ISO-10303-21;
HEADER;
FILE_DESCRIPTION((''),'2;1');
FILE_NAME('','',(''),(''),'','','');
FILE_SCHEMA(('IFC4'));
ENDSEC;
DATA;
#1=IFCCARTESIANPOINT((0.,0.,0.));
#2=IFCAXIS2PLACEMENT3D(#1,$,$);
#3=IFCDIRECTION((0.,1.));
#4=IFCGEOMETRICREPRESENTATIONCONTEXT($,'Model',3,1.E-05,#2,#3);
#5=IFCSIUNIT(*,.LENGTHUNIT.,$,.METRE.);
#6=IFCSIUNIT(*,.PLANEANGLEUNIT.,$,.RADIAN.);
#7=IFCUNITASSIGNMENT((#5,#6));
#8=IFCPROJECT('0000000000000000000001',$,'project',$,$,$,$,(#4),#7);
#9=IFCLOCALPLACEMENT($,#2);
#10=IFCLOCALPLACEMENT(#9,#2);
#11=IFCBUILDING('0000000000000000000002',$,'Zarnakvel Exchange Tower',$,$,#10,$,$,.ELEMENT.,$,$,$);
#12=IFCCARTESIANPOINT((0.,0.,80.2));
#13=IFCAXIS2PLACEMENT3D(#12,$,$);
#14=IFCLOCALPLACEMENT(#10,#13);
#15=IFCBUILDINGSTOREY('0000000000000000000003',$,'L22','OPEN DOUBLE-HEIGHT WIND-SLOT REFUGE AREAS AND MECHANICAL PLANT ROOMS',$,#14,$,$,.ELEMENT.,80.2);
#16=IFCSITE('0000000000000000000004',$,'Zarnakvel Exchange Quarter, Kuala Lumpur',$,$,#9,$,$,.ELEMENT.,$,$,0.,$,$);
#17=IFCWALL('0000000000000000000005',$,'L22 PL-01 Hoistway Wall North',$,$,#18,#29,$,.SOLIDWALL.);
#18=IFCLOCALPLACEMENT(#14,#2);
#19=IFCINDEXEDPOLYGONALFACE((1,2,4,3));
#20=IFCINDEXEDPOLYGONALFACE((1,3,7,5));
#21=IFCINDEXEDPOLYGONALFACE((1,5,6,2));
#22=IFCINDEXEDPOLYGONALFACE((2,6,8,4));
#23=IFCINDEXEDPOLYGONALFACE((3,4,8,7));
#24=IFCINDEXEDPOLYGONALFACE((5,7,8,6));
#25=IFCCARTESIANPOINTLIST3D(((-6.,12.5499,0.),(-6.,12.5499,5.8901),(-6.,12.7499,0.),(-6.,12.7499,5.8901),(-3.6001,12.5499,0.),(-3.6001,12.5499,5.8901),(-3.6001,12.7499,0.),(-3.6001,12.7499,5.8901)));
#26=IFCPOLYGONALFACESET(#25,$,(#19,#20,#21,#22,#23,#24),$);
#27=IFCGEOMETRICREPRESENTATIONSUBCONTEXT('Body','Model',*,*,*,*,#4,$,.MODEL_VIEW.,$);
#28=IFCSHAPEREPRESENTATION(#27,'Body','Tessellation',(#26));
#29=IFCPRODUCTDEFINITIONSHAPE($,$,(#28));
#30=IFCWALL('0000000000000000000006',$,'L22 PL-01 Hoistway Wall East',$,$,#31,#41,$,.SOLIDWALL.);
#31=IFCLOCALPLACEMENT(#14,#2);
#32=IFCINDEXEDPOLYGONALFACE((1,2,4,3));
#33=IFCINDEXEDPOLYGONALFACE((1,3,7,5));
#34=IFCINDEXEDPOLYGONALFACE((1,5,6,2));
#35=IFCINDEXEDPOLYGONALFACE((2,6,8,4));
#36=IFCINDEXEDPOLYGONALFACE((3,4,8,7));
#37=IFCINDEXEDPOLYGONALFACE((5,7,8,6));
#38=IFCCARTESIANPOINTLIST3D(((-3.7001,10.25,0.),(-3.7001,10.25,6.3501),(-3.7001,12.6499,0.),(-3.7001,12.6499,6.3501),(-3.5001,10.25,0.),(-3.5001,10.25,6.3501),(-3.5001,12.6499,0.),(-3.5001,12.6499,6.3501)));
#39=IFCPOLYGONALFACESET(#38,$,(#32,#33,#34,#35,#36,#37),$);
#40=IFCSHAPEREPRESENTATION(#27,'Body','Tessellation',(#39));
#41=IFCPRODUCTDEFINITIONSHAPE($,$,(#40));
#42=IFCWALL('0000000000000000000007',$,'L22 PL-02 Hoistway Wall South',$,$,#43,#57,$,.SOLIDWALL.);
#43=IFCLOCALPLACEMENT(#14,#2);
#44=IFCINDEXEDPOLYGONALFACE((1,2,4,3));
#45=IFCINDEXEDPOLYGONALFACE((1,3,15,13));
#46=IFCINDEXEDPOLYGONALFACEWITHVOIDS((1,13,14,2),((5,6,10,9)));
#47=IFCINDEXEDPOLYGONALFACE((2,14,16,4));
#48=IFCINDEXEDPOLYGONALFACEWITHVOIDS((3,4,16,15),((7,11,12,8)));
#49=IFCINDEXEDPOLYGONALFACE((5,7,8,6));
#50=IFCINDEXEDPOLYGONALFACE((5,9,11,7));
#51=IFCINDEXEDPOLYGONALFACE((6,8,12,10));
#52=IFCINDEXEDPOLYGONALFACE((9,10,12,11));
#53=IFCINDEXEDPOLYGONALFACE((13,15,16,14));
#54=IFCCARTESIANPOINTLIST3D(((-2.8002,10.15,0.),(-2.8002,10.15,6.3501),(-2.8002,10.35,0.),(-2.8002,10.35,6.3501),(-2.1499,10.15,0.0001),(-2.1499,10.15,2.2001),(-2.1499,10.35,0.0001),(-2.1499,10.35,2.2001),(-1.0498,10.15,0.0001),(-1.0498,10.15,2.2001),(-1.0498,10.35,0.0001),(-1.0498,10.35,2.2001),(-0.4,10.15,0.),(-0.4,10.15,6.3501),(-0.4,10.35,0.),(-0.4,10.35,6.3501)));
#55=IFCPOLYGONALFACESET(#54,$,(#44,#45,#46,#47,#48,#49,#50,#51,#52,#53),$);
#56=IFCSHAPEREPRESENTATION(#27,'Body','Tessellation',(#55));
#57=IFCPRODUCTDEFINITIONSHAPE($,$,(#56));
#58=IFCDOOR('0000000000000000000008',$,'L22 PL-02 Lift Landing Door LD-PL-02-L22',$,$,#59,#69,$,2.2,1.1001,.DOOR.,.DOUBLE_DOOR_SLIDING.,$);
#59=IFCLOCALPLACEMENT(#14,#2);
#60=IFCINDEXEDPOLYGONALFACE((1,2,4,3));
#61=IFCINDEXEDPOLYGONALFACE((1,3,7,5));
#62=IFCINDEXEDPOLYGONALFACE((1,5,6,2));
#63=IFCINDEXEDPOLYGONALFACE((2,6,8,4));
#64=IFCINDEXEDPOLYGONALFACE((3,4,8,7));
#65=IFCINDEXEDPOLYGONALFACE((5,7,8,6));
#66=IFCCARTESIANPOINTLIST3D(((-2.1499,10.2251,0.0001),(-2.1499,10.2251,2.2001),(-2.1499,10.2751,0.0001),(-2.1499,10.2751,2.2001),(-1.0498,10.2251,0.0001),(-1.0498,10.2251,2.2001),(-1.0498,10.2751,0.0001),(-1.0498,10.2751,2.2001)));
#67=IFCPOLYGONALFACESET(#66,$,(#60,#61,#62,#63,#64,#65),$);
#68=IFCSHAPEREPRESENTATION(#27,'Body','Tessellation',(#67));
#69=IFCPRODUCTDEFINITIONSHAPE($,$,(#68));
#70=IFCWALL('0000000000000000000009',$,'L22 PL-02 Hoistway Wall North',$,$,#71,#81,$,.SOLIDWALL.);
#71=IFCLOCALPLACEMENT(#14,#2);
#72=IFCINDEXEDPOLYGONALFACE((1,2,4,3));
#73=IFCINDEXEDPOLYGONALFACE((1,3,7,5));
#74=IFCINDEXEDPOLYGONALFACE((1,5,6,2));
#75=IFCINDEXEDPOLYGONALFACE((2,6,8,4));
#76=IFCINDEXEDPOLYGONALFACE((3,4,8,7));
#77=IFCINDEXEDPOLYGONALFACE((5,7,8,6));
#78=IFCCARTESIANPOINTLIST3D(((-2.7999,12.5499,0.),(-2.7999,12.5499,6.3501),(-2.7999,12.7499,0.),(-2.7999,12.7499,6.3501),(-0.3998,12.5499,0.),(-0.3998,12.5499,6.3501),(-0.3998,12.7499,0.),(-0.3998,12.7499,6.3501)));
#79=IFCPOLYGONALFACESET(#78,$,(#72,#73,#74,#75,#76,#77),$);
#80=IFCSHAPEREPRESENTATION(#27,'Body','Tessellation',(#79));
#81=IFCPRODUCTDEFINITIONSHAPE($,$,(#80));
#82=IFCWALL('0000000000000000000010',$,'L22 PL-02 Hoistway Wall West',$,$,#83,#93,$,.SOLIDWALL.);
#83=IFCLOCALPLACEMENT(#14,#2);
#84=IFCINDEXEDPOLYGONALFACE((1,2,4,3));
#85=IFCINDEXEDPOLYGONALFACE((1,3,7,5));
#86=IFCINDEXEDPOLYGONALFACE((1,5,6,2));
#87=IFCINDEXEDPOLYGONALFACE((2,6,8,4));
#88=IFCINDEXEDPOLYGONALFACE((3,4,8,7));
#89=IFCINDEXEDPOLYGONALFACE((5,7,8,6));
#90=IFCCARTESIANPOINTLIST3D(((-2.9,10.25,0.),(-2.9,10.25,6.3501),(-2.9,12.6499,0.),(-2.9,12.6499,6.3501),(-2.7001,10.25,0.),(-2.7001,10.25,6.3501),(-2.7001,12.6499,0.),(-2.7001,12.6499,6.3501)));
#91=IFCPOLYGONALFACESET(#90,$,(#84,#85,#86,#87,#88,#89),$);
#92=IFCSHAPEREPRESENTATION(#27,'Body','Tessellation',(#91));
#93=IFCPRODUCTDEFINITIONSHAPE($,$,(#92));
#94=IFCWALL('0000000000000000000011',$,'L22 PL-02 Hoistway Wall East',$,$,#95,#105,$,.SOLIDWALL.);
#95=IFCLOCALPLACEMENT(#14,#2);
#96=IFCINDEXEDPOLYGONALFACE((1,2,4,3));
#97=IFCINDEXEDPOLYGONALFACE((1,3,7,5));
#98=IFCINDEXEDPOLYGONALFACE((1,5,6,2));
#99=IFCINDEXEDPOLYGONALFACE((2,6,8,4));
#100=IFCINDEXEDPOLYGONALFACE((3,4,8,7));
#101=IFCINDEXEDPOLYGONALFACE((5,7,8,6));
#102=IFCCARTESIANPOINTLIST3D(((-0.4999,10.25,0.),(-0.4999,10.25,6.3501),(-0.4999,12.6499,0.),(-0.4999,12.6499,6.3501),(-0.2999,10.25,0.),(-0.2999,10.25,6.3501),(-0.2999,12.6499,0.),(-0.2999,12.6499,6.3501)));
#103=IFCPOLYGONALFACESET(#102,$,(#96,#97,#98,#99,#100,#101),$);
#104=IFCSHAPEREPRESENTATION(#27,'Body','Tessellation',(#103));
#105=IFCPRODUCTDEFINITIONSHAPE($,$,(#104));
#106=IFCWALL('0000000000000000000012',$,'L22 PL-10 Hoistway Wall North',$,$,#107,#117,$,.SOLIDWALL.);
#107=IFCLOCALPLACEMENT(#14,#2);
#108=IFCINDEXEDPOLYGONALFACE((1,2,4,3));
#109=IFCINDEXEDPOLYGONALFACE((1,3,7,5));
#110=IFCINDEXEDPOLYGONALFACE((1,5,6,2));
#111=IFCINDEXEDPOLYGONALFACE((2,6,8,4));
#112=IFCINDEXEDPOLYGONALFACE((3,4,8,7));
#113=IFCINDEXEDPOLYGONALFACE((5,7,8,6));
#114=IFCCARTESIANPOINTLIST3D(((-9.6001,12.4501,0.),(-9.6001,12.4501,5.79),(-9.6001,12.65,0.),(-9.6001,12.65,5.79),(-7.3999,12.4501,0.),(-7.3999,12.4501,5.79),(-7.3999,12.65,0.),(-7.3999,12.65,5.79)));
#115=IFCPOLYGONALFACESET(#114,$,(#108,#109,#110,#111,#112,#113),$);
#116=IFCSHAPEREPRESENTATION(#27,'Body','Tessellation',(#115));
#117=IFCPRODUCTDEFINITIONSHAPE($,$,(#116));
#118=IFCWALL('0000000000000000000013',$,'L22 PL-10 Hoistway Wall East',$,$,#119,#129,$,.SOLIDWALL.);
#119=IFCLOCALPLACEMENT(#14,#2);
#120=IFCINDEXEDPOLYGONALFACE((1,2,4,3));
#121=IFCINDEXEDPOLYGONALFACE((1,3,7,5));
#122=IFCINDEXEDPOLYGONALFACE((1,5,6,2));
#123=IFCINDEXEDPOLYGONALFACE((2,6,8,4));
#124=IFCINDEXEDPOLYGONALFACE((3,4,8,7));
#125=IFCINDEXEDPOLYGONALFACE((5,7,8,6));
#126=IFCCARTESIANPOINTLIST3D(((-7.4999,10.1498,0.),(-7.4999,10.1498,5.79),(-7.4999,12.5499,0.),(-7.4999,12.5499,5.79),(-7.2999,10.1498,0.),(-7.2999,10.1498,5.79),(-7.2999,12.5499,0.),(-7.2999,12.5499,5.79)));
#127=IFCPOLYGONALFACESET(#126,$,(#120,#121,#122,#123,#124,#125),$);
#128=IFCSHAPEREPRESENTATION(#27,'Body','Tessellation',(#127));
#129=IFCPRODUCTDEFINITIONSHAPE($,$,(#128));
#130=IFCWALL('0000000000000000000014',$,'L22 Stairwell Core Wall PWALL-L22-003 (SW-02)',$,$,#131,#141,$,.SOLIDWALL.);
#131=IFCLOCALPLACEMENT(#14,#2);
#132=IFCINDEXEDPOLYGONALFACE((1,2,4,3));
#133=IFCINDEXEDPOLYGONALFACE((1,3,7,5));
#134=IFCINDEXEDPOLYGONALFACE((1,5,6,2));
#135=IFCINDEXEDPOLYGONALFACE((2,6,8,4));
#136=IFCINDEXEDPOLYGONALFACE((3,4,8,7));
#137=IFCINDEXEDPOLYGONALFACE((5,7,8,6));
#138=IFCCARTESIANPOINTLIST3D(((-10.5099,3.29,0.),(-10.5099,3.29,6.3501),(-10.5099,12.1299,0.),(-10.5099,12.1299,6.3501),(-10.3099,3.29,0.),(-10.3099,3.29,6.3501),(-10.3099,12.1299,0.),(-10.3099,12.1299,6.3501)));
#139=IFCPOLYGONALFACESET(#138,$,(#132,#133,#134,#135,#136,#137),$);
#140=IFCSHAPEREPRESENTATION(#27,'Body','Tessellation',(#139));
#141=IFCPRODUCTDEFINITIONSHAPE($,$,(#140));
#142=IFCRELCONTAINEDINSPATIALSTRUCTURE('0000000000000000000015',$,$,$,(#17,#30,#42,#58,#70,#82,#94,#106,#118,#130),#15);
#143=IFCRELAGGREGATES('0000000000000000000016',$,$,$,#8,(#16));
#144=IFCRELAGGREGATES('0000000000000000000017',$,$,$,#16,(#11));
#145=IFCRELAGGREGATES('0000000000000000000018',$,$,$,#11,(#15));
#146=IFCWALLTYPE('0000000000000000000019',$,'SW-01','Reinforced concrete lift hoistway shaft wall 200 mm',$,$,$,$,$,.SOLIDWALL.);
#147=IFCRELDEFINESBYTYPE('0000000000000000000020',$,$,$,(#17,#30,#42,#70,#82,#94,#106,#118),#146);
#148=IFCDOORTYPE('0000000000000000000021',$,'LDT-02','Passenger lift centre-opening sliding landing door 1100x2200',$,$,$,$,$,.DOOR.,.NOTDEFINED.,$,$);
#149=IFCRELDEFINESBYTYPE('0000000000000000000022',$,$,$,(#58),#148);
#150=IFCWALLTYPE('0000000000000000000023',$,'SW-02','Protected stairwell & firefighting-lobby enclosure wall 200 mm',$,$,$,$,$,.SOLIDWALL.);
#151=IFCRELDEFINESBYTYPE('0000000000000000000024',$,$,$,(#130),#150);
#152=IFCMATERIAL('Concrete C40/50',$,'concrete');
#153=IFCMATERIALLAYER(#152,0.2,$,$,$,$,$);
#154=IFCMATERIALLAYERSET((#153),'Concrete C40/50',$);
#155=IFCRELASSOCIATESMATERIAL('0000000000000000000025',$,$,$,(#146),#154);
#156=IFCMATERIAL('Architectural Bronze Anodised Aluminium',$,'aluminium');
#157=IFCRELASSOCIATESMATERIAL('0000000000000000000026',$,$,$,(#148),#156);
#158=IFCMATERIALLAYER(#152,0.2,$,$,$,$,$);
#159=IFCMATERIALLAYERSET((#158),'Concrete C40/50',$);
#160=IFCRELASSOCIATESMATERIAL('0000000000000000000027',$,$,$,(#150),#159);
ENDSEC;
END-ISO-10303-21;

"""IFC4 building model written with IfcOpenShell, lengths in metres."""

from ifc_helpers import new_model, si_unit, direction, frame, frame_2d, origin, place, context, subcontext, project, spatial, rectangle, extrude, source, transform, mapped, material, layer, layer_set, type_object, element, fill, save


model = new_model("IFC4")

# Units and contexts
model_context = context("Model", 3, precision=1e-05, world=origin(), true_north=direction((0.0, 1.0)))
body_context = subcontext(model_context, "Body", "Model", "MODEL_VIEW")
ifc_project = project(units=[si_unit("LENGTHUNIT", "METRE"), si_unit("PLANEANGLEUNIT", "RADIAN")], contexts=[model_context])

# Site, building, storey
site_placement = place(None, origin())
site = spatial("IfcSite", under=ifc_project, at=site_placement, Name="Zarnakvel Exchange Quarter, Kuala Lumpur", CompositionType="ELEMENT", RefElevation=0.0)
building_placement = place(site_placement, origin())
building = spatial("IfcBuilding", under=site, at=building_placement, Name="Zarnakvel Exchange Tower", CompositionType="ELEMENT")
storey_placement = place(building_placement, frame((0.0, 0.0, 80.2)))
storey = spatial("IfcBuildingStorey", under=building, at=storey_placement, Name="L22", Description="OPEN DOUBLE-HEIGHT WIND-SLOT REFUGE AREAS AND MECHANICAL PLANT ROOMS", CompositionType="ELEMENT", Elevation=80.2)

# Shared definitions
ifc_material_1 = material(Name="Concrete C40/50", Category="concrete")
ifc_layer_1 = layer(ifc_material_1, 0.2)
ifc_layer_set_1 = layer_set([ifc_layer_1], Name="Concrete C40/50")
wall_type_1 = type_object("IfcWallType", Name="SW-01", Description="Reinforced concrete lift hoistway shaft wall 200 mm", PredefinedType="SOLIDWALL", material=ifc_layer_set_1)
ifc_material_2 = material(Name="Architectural Bronze Anodised Aluminium", Category="aluminium")
door_type = type_object("IfcDoorType", Name="LDT-02", Description="Passenger lift centre-opening sliding landing door 1100x2200", OperationType="NOTDEFINED", PredefinedType="DOOR", material=ifc_material_2)
shared_shape_1 = source(origin(), body_context, "Body", "SweptSolid", [
    extrude(rectangle(XDim=1.1001, YDim=2.2, at=frame_2d((0.55, 1.1001))), frame((0.0, 0.0249, 0.0), z_axis=(0.0, -1.0, 0.0), x_axis=(1.0, 0.0, 0.0)), (0.0, 0.0, 1.0), 0.05),
])

# Walls
wall_1_placement = place(storey_placement, frame((-6.0, 12.6499, 0.0), z_axis=(0.0, 0.0, 1.0), x_axis=(1.0, 0.0, 0.0)))
element("IfcWall", 1, at=wall_1_placement, inside=storey, type_object=wall_type_1, Name="L22 PL-01 Hoistway Wall North", PredefinedType="SOLIDWALL", context=body_context, shape_type="SweptSolid", body=[
    extrude(rectangle(XDim=2.3999, YDim=0.2, at=frame_2d((1.2, 0.0))), origin(), (0.0, 0.0, 1.0), 5.8901),
])
wall_2_placement = place(storey_placement, frame((-3.6001, 12.6499, 0.0), z_axis=(0.0, 0.0, 1.0), x_axis=(0.0, -1.0, 0.0)))
element("IfcWall", 2, at=wall_2_placement, inside=storey, type_object=wall_type_1, Name="L22 PL-01 Hoistway Wall East", PredefinedType="SOLIDWALL", context=body_context, shape_type="SweptSolid", body=[
    extrude(rectangle(XDim=2.3999, YDim=0.2, at=frame_2d((1.2, 0.0))), origin(), (0.0, 0.0, 1.0), 6.3501),
])

# Wall, opening, door
wall_3_placement = place(storey_placement, frame((-0.3999, 10.25, 0.0), z_axis=(0.0, 0.0, 1.0), x_axis=(-1.0, 0.0, 0.0)))
wall_3 = element("IfcWall", 3, at=wall_3_placement, inside=storey, type_object=wall_type_1, Name="L22 PL-02 Hoistway Wall South", PredefinedType="SOLIDWALL", context=body_context, shape_type="SweptSolid", body=[
    extrude(rectangle(XDim=2.4001, YDim=0.2, at=frame_2d((1.2002, 0.0))), origin(), (0.0, 0.0, 1.0), 6.3501),
])
opening_1_placement = place(wall_3_placement, frame((0.6499, 0.0, 0.0)))
opening_1 = element("IfcOpeningElement", 4, at=opening_1_placement, cuts=wall_3, PredefinedType="OPENING", context=body_context, shape_type="SweptSolid", body=[
    extrude(rectangle(XDim=1.1001, YDim=2.2, at=frame_2d((0.55, 1.1001))), frame((0.0, 0.1099, 0.0), z_axis=(0.0, -1.0, 0.0), x_axis=(1.0, 0.0, 0.0)), (0.0, 0.0, 1.0), 0.22),
])
door_1_placement = place(opening_1_placement, origin())
door_1 = element("IfcDoor", 5, at=door_1_placement, inside=storey, type_object=door_type, Name="L22 PL-02 Lift Landing Door LD-PL-02-L22", OperationType="DOUBLE_DOOR_SLIDING", OverallHeight=2.2, OverallWidth=1.1001, PredefinedType="DOOR", context=body_context, shape_type="MappedRepresentation", body=[
    mapped(shared_shape_1, transform((0.0, 0.0, 0.0), x_axis=(1.0, 0.0, 0.0), y_axis=(0.0, 1.0, 0.0), z_axis=(0.0, 0.0, 1.0), scale=1.0)),
])
fill(opening_1, door_1)

# Walls
wall_4_placement = place(storey_placement, frame((-2.8, 12.6499, 0.0), z_axis=(0.0, 0.0, 1.0), x_axis=(1.0, 0.0, 0.0)))
element("IfcWall", 6, at=wall_4_placement, inside=storey, type_object=wall_type_1, Name="L22 PL-02 Hoistway Wall North", PredefinedType="SOLIDWALL", context=body_context, shape_type="SweptSolid", body=[
    extrude(rectangle(XDim=2.4001, YDim=0.2, at=frame_2d((1.2002, 0.0))), origin(), (0.0, 0.0, 1.0), 6.3501),
])
for number, where, z_axis, x_axis, name in (
    (7, (-2.8, 10.25, 0.0), (0.0, 0.0, 1.0), (0.0, 1.0, 0.0), "L22 PL-02 Hoistway Wall West"),
    (8, (-0.3999, 12.6499, 0.0), (0.0, 0.0, 1.0), (0.0, -1.0, 0.0), "L22 PL-02 Hoistway Wall East"),
):
    element("IfcWall", number, at=place(storey_placement, frame(where, z_axis=z_axis, x_axis=x_axis)), inside=storey, type_object=wall_type_1, Name=name, PredefinedType="SOLIDWALL", context=body_context, shape_type="SweptSolid", body=[
        extrude(rectangle(XDim=2.3999, YDim=0.2, at=frame_2d((1.2, 0.0))), origin(), (0.0, 0.0, 1.0), 6.3501),
    ])
wall_5_placement = place(storey_placement, frame((-9.6001, 12.55, 0.0), z_axis=(0.0, 0.0, 1.0), x_axis=(1.0, 0.0, 0.0)))
element("IfcWall", 9, at=wall_5_placement, inside=storey, type_object=wall_type_1, Name="L22 PL-10 Hoistway Wall North", PredefinedType="SOLIDWALL", context=body_context, shape_type="SweptSolid", body=[
    extrude(rectangle(XDim=2.2002, YDim=0.2, at=frame_2d((1.1001, 0.0))), origin(), (0.0, 0.0, 1.0), 5.79),
])
wall_6_placement = place(storey_placement, frame((-7.3999, 12.55, 0.0), z_axis=(0.0, 0.0, 1.0), x_axis=(0.0, -1.0, 0.0)))
element("IfcWall", 10, at=wall_6_placement, inside=storey, type_object=wall_type_1, Name="L22 PL-10 Hoistway Wall East", PredefinedType="SOLIDWALL", context=body_context, shape_type="SweptSolid", body=[
    extrude(rectangle(XDim=2.4001, YDim=0.2, at=frame_2d((1.2002, 0.0))), origin(), (0.0, 0.0, 1.0), 5.79),
])
ifc_layer_2 = layer(ifc_material_1, 0.2)
ifc_layer_set_2 = layer_set([ifc_layer_2], Name="Concrete C40/50")
wall_type_2 = type_object("IfcWallType", Name="SW-02", Description="Protected stairwell & firefighting-lobby enclosure wall 200 mm", PredefinedType="SOLIDWALL", material=ifc_layer_set_2)
wall_7_placement = place(storey_placement, frame((-10.4099, 12.1299, 0.0), z_axis=(0.0, 0.0, 1.0), x_axis=(0.0, -1.0, 0.0)))
element("IfcWall", 11, at=wall_7_placement, inside=storey, type_object=wall_type_2, Name="L22 Stairwell Core Wall PWALL-L22-003 (SW-02)", PredefinedType="SOLIDWALL", context=body_context, shape_type="SweptSolid", body=[
    extrude(rectangle(XDim=8.8398, YDim=0.2, at=frame_2d((4.4199, 0.0))), origin(), (0.0, 0.0, 1.0), 6.3501),
])

save(model, "model.ifc")
